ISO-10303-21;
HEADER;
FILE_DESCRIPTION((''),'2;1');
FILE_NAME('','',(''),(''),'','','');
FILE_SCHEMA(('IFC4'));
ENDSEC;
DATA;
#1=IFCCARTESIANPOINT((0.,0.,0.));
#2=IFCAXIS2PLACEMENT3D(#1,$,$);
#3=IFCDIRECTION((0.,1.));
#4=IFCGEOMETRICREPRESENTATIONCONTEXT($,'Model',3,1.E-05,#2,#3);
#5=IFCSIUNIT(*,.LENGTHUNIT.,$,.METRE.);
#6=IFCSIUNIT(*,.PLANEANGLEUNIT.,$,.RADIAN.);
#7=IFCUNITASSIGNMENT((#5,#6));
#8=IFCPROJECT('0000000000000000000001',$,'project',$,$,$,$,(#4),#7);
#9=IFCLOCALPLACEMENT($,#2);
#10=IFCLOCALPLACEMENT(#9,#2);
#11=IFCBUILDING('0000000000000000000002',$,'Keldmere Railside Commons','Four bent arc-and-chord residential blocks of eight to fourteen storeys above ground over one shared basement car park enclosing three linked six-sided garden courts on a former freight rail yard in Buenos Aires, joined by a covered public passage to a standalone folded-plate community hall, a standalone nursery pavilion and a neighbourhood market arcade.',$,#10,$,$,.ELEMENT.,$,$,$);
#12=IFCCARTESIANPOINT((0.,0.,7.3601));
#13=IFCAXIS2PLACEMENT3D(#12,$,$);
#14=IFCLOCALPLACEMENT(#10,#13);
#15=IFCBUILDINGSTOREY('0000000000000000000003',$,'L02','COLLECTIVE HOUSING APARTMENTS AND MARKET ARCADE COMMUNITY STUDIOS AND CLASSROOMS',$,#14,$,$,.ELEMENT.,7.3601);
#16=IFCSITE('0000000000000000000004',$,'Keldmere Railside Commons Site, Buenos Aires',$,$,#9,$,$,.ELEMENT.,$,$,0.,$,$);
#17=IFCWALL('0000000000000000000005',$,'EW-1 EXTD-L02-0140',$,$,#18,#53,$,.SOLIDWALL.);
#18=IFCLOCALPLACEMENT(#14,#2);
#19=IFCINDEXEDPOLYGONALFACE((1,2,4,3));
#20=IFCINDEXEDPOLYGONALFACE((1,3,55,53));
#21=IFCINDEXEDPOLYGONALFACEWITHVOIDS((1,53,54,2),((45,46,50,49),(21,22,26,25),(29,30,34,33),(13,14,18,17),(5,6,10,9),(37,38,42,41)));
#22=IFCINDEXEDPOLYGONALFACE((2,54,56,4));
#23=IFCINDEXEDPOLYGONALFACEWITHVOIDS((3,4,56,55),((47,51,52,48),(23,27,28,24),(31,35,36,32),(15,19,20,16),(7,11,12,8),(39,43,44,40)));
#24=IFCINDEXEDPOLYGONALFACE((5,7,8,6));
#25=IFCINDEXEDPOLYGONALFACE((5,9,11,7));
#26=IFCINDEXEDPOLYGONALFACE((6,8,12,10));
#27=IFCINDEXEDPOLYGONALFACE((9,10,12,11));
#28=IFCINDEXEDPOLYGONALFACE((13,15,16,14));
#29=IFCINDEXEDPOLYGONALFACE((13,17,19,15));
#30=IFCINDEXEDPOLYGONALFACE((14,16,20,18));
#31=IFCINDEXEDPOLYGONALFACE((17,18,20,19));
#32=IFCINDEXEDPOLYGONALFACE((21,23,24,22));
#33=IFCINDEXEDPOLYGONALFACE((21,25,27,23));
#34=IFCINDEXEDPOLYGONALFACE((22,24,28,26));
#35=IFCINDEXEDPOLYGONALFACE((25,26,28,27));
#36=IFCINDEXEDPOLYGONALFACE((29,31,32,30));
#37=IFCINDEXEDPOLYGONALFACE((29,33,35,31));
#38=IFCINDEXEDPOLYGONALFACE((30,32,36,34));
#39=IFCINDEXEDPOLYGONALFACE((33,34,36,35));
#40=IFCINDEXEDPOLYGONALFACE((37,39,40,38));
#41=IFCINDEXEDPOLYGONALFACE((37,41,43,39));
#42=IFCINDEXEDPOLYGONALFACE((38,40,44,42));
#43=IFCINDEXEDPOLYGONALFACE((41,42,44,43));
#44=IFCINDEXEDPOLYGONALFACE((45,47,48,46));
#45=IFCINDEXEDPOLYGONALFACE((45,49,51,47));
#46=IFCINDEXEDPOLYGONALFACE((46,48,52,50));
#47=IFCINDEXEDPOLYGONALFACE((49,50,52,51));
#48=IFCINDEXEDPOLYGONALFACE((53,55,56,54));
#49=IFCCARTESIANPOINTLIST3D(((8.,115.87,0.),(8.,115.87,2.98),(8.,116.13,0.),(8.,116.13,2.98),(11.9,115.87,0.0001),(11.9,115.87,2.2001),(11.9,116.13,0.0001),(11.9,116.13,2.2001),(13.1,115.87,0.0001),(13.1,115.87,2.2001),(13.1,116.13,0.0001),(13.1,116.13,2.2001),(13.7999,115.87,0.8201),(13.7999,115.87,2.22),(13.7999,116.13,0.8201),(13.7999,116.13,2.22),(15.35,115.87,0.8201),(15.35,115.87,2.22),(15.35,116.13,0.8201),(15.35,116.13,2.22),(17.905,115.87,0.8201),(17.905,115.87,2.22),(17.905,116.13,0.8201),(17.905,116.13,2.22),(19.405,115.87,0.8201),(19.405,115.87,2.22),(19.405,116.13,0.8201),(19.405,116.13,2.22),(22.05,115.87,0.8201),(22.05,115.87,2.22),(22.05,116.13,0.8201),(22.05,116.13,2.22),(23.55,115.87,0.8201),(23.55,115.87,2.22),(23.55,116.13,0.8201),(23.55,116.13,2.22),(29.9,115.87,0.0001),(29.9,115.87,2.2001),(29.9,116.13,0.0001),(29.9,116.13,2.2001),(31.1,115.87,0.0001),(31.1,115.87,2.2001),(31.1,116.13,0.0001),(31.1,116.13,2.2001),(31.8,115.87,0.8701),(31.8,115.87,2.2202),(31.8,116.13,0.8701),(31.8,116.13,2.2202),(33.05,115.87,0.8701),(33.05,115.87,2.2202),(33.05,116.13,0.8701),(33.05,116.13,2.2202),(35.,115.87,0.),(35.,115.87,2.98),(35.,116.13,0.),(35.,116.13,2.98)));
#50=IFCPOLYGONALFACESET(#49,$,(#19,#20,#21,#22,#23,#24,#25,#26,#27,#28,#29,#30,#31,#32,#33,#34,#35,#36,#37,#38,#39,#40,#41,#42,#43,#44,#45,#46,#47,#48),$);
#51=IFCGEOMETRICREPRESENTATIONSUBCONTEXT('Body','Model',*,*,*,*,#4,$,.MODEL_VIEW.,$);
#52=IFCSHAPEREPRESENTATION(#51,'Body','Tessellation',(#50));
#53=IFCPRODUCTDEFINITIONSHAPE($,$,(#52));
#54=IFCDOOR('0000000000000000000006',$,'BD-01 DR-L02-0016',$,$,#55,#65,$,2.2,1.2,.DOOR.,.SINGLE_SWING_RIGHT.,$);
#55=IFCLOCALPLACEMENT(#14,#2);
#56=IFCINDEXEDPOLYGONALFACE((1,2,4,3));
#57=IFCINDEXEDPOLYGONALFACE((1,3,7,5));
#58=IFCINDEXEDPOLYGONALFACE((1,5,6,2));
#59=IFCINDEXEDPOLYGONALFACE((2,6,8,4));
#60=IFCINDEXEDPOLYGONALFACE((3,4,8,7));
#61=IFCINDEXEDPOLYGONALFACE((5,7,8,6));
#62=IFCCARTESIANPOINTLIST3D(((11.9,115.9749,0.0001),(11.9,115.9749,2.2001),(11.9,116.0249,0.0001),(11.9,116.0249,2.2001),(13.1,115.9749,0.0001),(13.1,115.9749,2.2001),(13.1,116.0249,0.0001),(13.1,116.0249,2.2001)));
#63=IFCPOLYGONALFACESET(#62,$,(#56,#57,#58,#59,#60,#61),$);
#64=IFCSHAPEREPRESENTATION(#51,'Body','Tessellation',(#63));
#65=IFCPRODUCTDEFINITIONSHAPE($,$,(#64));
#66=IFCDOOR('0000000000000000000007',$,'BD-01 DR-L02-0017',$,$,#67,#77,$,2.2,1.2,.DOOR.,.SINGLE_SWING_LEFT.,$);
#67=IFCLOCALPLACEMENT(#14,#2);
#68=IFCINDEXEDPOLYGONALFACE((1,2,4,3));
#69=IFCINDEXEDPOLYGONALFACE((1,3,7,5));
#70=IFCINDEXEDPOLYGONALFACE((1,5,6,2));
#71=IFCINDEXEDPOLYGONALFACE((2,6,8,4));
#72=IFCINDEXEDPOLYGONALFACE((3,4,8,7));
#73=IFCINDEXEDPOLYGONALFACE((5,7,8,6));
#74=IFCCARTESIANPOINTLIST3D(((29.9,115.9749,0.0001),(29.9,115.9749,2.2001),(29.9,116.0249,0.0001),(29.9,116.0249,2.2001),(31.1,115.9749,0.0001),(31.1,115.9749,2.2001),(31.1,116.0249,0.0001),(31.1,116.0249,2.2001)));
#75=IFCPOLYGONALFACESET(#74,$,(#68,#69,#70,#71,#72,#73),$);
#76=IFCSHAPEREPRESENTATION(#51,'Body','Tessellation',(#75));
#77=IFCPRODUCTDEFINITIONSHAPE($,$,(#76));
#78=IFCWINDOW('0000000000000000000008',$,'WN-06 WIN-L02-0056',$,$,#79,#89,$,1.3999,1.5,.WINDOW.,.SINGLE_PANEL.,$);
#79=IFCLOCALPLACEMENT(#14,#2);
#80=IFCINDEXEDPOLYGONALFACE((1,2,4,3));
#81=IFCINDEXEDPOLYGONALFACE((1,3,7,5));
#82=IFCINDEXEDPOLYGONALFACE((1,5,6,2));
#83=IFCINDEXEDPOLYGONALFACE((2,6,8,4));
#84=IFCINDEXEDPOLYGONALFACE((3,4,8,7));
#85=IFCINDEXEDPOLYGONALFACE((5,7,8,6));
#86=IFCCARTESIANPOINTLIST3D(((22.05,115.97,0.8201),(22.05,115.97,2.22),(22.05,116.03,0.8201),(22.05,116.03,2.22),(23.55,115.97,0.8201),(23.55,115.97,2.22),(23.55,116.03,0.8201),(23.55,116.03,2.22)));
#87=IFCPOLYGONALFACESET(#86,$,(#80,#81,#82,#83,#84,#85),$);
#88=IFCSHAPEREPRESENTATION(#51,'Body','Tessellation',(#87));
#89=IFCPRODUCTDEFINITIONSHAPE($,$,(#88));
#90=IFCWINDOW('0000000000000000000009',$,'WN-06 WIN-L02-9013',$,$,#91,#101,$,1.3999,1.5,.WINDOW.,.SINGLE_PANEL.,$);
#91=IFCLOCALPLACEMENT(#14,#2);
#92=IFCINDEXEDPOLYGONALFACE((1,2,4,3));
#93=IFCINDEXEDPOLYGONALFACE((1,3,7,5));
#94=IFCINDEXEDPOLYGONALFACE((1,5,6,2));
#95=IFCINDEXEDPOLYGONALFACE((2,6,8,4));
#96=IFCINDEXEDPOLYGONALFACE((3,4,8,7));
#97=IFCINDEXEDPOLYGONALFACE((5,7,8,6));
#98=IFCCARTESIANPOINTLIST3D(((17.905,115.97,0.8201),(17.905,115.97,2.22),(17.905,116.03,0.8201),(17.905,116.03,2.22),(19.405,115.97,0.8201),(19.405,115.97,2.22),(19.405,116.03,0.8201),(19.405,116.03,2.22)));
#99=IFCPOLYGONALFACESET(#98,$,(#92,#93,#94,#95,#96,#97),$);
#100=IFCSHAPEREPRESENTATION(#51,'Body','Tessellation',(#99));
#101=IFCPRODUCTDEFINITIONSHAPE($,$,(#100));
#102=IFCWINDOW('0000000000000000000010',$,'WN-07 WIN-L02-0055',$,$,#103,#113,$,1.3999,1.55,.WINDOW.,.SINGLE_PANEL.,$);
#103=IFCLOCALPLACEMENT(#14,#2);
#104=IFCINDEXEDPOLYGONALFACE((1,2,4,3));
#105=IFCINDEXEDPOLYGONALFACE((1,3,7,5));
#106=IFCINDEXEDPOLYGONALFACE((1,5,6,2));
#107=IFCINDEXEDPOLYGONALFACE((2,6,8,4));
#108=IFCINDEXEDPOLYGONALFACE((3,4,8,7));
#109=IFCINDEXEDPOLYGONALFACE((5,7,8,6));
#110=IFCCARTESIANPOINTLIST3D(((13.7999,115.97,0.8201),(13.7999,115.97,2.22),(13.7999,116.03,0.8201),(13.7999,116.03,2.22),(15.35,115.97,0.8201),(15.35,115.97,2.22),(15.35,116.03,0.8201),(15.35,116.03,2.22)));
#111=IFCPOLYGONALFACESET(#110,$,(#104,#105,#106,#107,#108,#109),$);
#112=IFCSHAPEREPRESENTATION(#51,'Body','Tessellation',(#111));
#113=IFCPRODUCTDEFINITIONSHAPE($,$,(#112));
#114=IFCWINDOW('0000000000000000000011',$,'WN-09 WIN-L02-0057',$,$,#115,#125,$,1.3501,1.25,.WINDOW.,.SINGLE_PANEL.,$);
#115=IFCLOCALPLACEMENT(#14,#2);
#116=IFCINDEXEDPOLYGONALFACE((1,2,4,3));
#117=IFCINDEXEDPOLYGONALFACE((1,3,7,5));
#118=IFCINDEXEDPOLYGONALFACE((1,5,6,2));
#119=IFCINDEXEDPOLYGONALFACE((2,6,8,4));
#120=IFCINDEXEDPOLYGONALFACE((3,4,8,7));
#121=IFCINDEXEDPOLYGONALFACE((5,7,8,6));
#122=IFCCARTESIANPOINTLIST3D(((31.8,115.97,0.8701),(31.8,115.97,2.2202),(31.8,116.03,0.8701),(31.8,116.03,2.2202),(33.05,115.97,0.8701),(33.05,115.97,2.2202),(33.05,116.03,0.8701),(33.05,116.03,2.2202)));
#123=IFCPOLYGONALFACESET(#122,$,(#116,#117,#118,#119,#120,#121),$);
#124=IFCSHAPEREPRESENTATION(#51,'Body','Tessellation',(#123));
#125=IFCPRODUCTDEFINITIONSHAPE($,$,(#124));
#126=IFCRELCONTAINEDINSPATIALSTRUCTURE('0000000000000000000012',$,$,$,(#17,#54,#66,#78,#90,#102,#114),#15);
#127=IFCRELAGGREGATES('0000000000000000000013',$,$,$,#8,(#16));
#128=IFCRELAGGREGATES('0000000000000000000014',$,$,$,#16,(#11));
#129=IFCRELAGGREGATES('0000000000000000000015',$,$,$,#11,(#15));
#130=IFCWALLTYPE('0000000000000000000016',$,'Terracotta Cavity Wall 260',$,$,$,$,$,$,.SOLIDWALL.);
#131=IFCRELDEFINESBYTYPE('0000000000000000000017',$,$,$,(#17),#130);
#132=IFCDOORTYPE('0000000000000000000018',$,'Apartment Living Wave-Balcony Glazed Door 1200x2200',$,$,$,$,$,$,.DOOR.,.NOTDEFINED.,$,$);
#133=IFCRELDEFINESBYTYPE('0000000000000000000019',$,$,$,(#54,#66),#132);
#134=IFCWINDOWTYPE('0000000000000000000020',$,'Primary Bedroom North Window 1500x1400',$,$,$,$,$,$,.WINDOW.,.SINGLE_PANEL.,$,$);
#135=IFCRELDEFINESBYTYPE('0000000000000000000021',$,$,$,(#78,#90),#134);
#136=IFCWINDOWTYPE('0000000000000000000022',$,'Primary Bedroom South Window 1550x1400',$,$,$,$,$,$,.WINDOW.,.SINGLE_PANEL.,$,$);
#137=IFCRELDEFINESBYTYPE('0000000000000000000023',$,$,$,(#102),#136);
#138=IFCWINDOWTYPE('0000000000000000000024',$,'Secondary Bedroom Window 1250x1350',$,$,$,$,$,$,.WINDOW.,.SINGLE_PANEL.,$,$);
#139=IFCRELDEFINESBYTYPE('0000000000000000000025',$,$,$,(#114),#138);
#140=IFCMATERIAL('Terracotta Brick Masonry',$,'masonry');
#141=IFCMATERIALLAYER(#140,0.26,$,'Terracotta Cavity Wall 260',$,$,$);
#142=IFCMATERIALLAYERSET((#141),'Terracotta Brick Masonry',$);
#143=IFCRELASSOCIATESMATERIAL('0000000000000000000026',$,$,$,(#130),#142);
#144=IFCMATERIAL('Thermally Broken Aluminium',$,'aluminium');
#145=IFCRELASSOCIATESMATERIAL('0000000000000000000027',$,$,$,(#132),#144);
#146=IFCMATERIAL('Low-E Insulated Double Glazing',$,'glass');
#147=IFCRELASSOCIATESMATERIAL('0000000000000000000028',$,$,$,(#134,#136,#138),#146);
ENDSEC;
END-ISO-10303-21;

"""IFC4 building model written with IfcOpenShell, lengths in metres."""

from ifc_helpers import new_model, si_unit, direction, frame, frame_2d, origin, place, context, subcontext, project, spatial, rectangle, extrude, material, layer, layer_set, type_object, element, fill, save


model = new_model("IFC4")

# Units and contexts
model_context = context("Model", 3, precision=1e-05, world=origin(), true_north=direction((0.0, 1.0)))
body_context = subcontext(model_context, "Body", "Model", "MODEL_VIEW")
ifc_project = project(units=[si_unit("LENGTHUNIT", "METRE"), si_unit("PLANEANGLEUNIT", "RADIAN")], contexts=[model_context])

# Site, building, storey
site_placement = place(None, origin())
site = spatial("IfcSite", under=ifc_project, at=site_placement, Name="Keldmere Railside Commons Site, Buenos Aires", CompositionType="ELEMENT", RefElevation=0.0)
building_placement = place(site_placement, origin())
building = spatial("IfcBuilding", under=site, at=building_placement, Name="Keldmere Railside Commons", Description="Four bent arc-and-chord residential blocks of eight to fourteen storeys above ground over one shared basement car park enclosing three linked six-sided garden courts on a former freight rail yard in Buenos Aires, joined by a covered public passage to a standalone folded-plate community hall, a standalone nursery pavilion and a neighbourhood market arcade.", CompositionType="ELEMENT")
storey_placement = place(building_placement, frame((0.0, 0.0, 7.3601)))
storey = spatial("IfcBuildingStorey", under=building, at=storey_placement, Name="L02", Description="COLLECTIVE HOUSING APARTMENTS AND MARKET ARCADE COMMUNITY STUDIOS AND CLASSROOMS", CompositionType="ELEMENT", Elevation=7.3601)

# Wall, openings, doors, windows
ifc_material_1 = material(Name="Terracotta Brick Masonry", Category="masonry")
ifc_layer_1 = layer(ifc_material_1, 0.26, Name="Terracotta Cavity Wall 260")
ifc_layer_set_1 = layer_set([ifc_layer_1], Name="Terracotta Brick Masonry")
wall_type_1 = type_object("IfcWallType", Name="Terracotta Cavity Wall 260", PredefinedType="SOLIDWALL", material=ifc_layer_set_1)
wall_1_placement = place(storey_placement, frame((8.0, 116.0, 0.0), z_axis=(0.0, 0.0, 1.0), x_axis=(1.0, 0.0, 0.0)))
wall_1 = element("IfcWall", 1, at=wall_1_placement, inside=storey, type_object=wall_type_1, Name="EW-1 EXTD-L02-0140", PredefinedType="SOLIDWALL", context=body_context, shape_type="SweptSolid", body=[
    extrude(rectangle(XDim=27.0, YDim=0.26, at=frame_2d((13.5, 0.0))), origin(), (0.0, 0.0, 1.0), 2.98),
])
opening_1_placement = place(wall_1_placement, frame((3.8999, 0.0, 0.0)))
opening_1 = element("IfcOpeningElement", 2, at=opening_1_placement, cuts=wall_1, PredefinedType="OPENING", context=body_context, shape_type="SweptSolid", body=[
    extrude(rectangle(XDim=1.2, YDim=2.2, at=frame_2d((0.6001, 1.1001))), frame((0.0, 0.1399, 0.0), z_axis=(0.0, -1.0, 0.0), x_axis=(1.0, 0.0, 0.0)), (0.0, 0.0, 1.0), 0.28),
])
opening_2_placement = place(wall_1_placement, frame((5.8, 0.0, 0.8201)))
opening_2 = element("IfcOpeningElement", 3, at=opening_2_placement, cuts=wall_1, PredefinedType="OPENING", context=body_context, shape_type="SweptSolid", body=[
    extrude(rectangle(XDim=1.55, YDim=1.3999, at=frame_2d((0.7749, 0.7))), frame((0.0, 0.1399, 0.0), z_axis=(0.0, -1.0, 0.0), x_axis=(1.0, 0.0, 0.0)), (0.0, 0.0, 1.0), 0.28),
])
opening_3_placement = place(wall_1_placement, frame((14.05, 0.0, 0.8201)))
opening_3 = element("IfcOpeningElement", 4, at=opening_3_placement, cuts=wall_1, PredefinedType="OPENING", context=body_context, shape_type="SweptSolid", body=[
    extrude(rectangle(XDim=1.5, YDim=1.3999, at=frame_2d((0.75, 0.7))), frame((0.0, 0.1399, 0.0), z_axis=(0.0, -1.0, 0.0), x_axis=(1.0, 0.0, 0.0)), (0.0, 0.0, 1.0), 0.28),
])
opening_4_placement = place(wall_1_placement, frame((21.8999, 0.0, 0.0)))
opening_4 = element("IfcOpeningElement", 5, at=opening_4_placement, cuts=wall_1, PredefinedType="OPENING", context=body_context, shape_type="SweptSolid", body=[
    extrude(rectangle(XDim=1.2, YDim=2.2, at=frame_2d((0.6001, 1.1001))), frame((0.0, 0.1399, 0.0), z_axis=(0.0, -1.0, 0.0), x_axis=(1.0, 0.0, 0.0)), (0.0, 0.0, 1.0), 0.28),
])
opening_5_placement = place(wall_1_placement, frame((23.8, 0.0, 0.8701)))
opening_5 = element("IfcOpeningElement", 6, at=opening_5_placement, cuts=wall_1, PredefinedType="OPENING", context=body_context, shape_type="SweptSolid", body=[
    extrude(rectangle(XDim=1.25, YDim=1.3501, at=frame_2d((0.625, 0.675))), frame((0.0, 0.1399, 0.0), z_axis=(0.0, -1.0, 0.0), x_axis=(1.0, 0.0, 0.0)), (0.0, 0.0, 1.0), 0.28),
])
opening_6_placement = place(wall_1_placement, frame((9.905, 0.0, 0.8201)))
opening_6 = element("IfcOpeningElement", 7, at=opening_6_placement, cuts=wall_1, PredefinedType="OPENING", context=body_context, shape_type="SweptSolid", body=[
    extrude(rectangle(XDim=1.5, YDim=1.3999, at=frame_2d((0.75, 0.7))), frame((0.0, 0.1399, 0.0), z_axis=(0.0, -1.0, 0.0), x_axis=(1.0, 0.0, 0.0)), (0.0, 0.0, 1.0), 0.28),
])
ifc_material_2 = material(Name="Thermally Broken Aluminium", Category="aluminium")
door_type_1 = type_object("IfcDoorType", Name="Apartment Living Wave-Balcony Glazed Door 1200x2200", OperationType="NOTDEFINED", PredefinedType="DOOR", material=ifc_material_2)
door_1_placement = place(opening_1_placement, origin())
door_1 = element("IfcDoor", 8, at=door_1_placement, inside=storey, type_object=door_type_1, Name="BD-01 DR-L02-0016", OperationType="SINGLE_SWING_RIGHT", OverallHeight=2.2, OverallWidth=1.2, PredefinedType="DOOR", context=body_context, shape_type="SweptSolid", body=[
    extrude(rectangle(XDim=1.2, YDim=2.2, at=frame_2d((0.6001, 1.1001))), frame((0.0, 0.0249, 0.0), z_axis=(0.0, -1.0, 0.0), x_axis=(1.0, 0.0, 0.0)), (0.0, 0.0, 1.0), 0.05),
])
fill(opening_1, door_1)
door_2_placement = place(opening_4_placement, origin())
door_2 = element("IfcDoor", 9, at=door_2_placement, inside=storey, type_object=door_type_1, Name="BD-01 DR-L02-0017", OperationType="SINGLE_SWING_LEFT", OverallHeight=2.2, OverallWidth=1.2, PredefinedType="DOOR", context=body_context, shape_type="SweptSolid", body=[
    extrude(rectangle(XDim=1.2, YDim=2.2, at=frame_2d((0.6001, 1.1001))), frame((0.0, 0.0249, 0.0), z_axis=(0.0, -1.0, 0.0), x_axis=(1.0, 0.0, 0.0)), (0.0, 0.0, 1.0), 0.05),
])
fill(opening_4, door_2)
ifc_material_3 = material(Name="Low-E Insulated Double Glazing", Category="glass")
window_type_1 = type_object("IfcWindowType", Name="Primary Bedroom North Window 1500x1400", PartitioningType="SINGLE_PANEL", PredefinedType="WINDOW", material=ifc_material_3)
window_1_placement = place(opening_3_placement, origin())
window_1 = element("IfcWindow", 10, at=window_1_placement, inside=storey, type_object=window_type_1, Name="WN-06 WIN-L02-0056", OverallHeight=1.3999, OverallWidth=1.5, PartitioningType="SINGLE_PANEL", PredefinedType="WINDOW", context=body_context, shape_type="SweptSolid", body=[
    extrude(rectangle(XDim=1.5, YDim=1.3999, at=frame_2d((0.75, 0.7))), frame((0.0, 0.03, 0.0), z_axis=(0.0, -1.0, 0.0), x_axis=(1.0, 0.0, 0.0)), (0.0, 0.0, 1.0), 0.0601),
])
fill(opening_3, window_1)
window_2_placement = place(opening_6_placement, origin())
window_2 = element("IfcWindow", 11, at=window_2_placement, inside=storey, type_object=window_type_1, Name="WN-06 WIN-L02-9013", OverallHeight=1.3999, OverallWidth=1.5, PartitioningType="SINGLE_PANEL", PredefinedType="WINDOW", context=body_context, shape_type="SweptSolid", body=[
    extrude(rectangle(XDim=1.5, YDim=1.3999, at=frame_2d((0.75, 0.7))), frame((0.0, 0.03, 0.0), z_axis=(0.0, -1.0, 0.0), x_axis=(1.0, 0.0, 0.0)), (0.0, 0.0, 1.0), 0.0601),
])
fill(opening_6, window_2)
window_type_2 = type_object("IfcWindowType", Name="Primary Bedroom South Window 1550x1400", PartitioningType="SINGLE_PANEL", PredefinedType="WINDOW", material=ifc_material_3)
window_3_placement = place(opening_2_placement, origin())
window_3 = element("IfcWindow", 12, at=window_3_placement, inside=storey, type_object=window_type_2, Name="WN-07 WIN-L02-0055", OverallHeight=1.3999, OverallWidth=1.55, PartitioningType="SINGLE_PANEL", PredefinedType="WINDOW", context=body_context, shape_type="SweptSolid", body=[
    extrude(rectangle(XDim=1.55, YDim=1.3999, at=frame_2d((0.7749, 0.7))), frame((0.0, 0.03, 0.0), z_axis=(0.0, -1.0, 0.0), x_axis=(1.0, 0.0, 0.0)), (0.0, 0.0, 1.0), 0.0601),
])
fill(opening_2, window_3)
window_type_3 = type_object("IfcWindowType", Name="Secondary Bedroom Window 1250x1350", PartitioningType="SINGLE_PANEL", PredefinedType="WINDOW", material=ifc_material_3)
window_4_placement = place(opening_5_placement, origin())
window_4 = element("IfcWindow", 13, at=window_4_placement, inside=storey, type_object=window_type_3, Name="WN-09 WIN-L02-0057", OverallHeight=1.3501, OverallWidth=1.25, PartitioningType="SINGLE_PANEL", PredefinedType="WINDOW", context=body_context, shape_type="SweptSolid", body=[
    extrude(rectangle(XDim=1.25, YDim=1.3501, at=frame_2d((0.625, 0.675))), frame((0.0, 0.03, 0.0), z_axis=(0.0, -1.0, 0.0), x_axis=(1.0, 0.0, 0.0)), (0.0, 0.0, 1.0), 0.0601),
])
fill(opening_5, window_4)

save(model, "model.ifc")
